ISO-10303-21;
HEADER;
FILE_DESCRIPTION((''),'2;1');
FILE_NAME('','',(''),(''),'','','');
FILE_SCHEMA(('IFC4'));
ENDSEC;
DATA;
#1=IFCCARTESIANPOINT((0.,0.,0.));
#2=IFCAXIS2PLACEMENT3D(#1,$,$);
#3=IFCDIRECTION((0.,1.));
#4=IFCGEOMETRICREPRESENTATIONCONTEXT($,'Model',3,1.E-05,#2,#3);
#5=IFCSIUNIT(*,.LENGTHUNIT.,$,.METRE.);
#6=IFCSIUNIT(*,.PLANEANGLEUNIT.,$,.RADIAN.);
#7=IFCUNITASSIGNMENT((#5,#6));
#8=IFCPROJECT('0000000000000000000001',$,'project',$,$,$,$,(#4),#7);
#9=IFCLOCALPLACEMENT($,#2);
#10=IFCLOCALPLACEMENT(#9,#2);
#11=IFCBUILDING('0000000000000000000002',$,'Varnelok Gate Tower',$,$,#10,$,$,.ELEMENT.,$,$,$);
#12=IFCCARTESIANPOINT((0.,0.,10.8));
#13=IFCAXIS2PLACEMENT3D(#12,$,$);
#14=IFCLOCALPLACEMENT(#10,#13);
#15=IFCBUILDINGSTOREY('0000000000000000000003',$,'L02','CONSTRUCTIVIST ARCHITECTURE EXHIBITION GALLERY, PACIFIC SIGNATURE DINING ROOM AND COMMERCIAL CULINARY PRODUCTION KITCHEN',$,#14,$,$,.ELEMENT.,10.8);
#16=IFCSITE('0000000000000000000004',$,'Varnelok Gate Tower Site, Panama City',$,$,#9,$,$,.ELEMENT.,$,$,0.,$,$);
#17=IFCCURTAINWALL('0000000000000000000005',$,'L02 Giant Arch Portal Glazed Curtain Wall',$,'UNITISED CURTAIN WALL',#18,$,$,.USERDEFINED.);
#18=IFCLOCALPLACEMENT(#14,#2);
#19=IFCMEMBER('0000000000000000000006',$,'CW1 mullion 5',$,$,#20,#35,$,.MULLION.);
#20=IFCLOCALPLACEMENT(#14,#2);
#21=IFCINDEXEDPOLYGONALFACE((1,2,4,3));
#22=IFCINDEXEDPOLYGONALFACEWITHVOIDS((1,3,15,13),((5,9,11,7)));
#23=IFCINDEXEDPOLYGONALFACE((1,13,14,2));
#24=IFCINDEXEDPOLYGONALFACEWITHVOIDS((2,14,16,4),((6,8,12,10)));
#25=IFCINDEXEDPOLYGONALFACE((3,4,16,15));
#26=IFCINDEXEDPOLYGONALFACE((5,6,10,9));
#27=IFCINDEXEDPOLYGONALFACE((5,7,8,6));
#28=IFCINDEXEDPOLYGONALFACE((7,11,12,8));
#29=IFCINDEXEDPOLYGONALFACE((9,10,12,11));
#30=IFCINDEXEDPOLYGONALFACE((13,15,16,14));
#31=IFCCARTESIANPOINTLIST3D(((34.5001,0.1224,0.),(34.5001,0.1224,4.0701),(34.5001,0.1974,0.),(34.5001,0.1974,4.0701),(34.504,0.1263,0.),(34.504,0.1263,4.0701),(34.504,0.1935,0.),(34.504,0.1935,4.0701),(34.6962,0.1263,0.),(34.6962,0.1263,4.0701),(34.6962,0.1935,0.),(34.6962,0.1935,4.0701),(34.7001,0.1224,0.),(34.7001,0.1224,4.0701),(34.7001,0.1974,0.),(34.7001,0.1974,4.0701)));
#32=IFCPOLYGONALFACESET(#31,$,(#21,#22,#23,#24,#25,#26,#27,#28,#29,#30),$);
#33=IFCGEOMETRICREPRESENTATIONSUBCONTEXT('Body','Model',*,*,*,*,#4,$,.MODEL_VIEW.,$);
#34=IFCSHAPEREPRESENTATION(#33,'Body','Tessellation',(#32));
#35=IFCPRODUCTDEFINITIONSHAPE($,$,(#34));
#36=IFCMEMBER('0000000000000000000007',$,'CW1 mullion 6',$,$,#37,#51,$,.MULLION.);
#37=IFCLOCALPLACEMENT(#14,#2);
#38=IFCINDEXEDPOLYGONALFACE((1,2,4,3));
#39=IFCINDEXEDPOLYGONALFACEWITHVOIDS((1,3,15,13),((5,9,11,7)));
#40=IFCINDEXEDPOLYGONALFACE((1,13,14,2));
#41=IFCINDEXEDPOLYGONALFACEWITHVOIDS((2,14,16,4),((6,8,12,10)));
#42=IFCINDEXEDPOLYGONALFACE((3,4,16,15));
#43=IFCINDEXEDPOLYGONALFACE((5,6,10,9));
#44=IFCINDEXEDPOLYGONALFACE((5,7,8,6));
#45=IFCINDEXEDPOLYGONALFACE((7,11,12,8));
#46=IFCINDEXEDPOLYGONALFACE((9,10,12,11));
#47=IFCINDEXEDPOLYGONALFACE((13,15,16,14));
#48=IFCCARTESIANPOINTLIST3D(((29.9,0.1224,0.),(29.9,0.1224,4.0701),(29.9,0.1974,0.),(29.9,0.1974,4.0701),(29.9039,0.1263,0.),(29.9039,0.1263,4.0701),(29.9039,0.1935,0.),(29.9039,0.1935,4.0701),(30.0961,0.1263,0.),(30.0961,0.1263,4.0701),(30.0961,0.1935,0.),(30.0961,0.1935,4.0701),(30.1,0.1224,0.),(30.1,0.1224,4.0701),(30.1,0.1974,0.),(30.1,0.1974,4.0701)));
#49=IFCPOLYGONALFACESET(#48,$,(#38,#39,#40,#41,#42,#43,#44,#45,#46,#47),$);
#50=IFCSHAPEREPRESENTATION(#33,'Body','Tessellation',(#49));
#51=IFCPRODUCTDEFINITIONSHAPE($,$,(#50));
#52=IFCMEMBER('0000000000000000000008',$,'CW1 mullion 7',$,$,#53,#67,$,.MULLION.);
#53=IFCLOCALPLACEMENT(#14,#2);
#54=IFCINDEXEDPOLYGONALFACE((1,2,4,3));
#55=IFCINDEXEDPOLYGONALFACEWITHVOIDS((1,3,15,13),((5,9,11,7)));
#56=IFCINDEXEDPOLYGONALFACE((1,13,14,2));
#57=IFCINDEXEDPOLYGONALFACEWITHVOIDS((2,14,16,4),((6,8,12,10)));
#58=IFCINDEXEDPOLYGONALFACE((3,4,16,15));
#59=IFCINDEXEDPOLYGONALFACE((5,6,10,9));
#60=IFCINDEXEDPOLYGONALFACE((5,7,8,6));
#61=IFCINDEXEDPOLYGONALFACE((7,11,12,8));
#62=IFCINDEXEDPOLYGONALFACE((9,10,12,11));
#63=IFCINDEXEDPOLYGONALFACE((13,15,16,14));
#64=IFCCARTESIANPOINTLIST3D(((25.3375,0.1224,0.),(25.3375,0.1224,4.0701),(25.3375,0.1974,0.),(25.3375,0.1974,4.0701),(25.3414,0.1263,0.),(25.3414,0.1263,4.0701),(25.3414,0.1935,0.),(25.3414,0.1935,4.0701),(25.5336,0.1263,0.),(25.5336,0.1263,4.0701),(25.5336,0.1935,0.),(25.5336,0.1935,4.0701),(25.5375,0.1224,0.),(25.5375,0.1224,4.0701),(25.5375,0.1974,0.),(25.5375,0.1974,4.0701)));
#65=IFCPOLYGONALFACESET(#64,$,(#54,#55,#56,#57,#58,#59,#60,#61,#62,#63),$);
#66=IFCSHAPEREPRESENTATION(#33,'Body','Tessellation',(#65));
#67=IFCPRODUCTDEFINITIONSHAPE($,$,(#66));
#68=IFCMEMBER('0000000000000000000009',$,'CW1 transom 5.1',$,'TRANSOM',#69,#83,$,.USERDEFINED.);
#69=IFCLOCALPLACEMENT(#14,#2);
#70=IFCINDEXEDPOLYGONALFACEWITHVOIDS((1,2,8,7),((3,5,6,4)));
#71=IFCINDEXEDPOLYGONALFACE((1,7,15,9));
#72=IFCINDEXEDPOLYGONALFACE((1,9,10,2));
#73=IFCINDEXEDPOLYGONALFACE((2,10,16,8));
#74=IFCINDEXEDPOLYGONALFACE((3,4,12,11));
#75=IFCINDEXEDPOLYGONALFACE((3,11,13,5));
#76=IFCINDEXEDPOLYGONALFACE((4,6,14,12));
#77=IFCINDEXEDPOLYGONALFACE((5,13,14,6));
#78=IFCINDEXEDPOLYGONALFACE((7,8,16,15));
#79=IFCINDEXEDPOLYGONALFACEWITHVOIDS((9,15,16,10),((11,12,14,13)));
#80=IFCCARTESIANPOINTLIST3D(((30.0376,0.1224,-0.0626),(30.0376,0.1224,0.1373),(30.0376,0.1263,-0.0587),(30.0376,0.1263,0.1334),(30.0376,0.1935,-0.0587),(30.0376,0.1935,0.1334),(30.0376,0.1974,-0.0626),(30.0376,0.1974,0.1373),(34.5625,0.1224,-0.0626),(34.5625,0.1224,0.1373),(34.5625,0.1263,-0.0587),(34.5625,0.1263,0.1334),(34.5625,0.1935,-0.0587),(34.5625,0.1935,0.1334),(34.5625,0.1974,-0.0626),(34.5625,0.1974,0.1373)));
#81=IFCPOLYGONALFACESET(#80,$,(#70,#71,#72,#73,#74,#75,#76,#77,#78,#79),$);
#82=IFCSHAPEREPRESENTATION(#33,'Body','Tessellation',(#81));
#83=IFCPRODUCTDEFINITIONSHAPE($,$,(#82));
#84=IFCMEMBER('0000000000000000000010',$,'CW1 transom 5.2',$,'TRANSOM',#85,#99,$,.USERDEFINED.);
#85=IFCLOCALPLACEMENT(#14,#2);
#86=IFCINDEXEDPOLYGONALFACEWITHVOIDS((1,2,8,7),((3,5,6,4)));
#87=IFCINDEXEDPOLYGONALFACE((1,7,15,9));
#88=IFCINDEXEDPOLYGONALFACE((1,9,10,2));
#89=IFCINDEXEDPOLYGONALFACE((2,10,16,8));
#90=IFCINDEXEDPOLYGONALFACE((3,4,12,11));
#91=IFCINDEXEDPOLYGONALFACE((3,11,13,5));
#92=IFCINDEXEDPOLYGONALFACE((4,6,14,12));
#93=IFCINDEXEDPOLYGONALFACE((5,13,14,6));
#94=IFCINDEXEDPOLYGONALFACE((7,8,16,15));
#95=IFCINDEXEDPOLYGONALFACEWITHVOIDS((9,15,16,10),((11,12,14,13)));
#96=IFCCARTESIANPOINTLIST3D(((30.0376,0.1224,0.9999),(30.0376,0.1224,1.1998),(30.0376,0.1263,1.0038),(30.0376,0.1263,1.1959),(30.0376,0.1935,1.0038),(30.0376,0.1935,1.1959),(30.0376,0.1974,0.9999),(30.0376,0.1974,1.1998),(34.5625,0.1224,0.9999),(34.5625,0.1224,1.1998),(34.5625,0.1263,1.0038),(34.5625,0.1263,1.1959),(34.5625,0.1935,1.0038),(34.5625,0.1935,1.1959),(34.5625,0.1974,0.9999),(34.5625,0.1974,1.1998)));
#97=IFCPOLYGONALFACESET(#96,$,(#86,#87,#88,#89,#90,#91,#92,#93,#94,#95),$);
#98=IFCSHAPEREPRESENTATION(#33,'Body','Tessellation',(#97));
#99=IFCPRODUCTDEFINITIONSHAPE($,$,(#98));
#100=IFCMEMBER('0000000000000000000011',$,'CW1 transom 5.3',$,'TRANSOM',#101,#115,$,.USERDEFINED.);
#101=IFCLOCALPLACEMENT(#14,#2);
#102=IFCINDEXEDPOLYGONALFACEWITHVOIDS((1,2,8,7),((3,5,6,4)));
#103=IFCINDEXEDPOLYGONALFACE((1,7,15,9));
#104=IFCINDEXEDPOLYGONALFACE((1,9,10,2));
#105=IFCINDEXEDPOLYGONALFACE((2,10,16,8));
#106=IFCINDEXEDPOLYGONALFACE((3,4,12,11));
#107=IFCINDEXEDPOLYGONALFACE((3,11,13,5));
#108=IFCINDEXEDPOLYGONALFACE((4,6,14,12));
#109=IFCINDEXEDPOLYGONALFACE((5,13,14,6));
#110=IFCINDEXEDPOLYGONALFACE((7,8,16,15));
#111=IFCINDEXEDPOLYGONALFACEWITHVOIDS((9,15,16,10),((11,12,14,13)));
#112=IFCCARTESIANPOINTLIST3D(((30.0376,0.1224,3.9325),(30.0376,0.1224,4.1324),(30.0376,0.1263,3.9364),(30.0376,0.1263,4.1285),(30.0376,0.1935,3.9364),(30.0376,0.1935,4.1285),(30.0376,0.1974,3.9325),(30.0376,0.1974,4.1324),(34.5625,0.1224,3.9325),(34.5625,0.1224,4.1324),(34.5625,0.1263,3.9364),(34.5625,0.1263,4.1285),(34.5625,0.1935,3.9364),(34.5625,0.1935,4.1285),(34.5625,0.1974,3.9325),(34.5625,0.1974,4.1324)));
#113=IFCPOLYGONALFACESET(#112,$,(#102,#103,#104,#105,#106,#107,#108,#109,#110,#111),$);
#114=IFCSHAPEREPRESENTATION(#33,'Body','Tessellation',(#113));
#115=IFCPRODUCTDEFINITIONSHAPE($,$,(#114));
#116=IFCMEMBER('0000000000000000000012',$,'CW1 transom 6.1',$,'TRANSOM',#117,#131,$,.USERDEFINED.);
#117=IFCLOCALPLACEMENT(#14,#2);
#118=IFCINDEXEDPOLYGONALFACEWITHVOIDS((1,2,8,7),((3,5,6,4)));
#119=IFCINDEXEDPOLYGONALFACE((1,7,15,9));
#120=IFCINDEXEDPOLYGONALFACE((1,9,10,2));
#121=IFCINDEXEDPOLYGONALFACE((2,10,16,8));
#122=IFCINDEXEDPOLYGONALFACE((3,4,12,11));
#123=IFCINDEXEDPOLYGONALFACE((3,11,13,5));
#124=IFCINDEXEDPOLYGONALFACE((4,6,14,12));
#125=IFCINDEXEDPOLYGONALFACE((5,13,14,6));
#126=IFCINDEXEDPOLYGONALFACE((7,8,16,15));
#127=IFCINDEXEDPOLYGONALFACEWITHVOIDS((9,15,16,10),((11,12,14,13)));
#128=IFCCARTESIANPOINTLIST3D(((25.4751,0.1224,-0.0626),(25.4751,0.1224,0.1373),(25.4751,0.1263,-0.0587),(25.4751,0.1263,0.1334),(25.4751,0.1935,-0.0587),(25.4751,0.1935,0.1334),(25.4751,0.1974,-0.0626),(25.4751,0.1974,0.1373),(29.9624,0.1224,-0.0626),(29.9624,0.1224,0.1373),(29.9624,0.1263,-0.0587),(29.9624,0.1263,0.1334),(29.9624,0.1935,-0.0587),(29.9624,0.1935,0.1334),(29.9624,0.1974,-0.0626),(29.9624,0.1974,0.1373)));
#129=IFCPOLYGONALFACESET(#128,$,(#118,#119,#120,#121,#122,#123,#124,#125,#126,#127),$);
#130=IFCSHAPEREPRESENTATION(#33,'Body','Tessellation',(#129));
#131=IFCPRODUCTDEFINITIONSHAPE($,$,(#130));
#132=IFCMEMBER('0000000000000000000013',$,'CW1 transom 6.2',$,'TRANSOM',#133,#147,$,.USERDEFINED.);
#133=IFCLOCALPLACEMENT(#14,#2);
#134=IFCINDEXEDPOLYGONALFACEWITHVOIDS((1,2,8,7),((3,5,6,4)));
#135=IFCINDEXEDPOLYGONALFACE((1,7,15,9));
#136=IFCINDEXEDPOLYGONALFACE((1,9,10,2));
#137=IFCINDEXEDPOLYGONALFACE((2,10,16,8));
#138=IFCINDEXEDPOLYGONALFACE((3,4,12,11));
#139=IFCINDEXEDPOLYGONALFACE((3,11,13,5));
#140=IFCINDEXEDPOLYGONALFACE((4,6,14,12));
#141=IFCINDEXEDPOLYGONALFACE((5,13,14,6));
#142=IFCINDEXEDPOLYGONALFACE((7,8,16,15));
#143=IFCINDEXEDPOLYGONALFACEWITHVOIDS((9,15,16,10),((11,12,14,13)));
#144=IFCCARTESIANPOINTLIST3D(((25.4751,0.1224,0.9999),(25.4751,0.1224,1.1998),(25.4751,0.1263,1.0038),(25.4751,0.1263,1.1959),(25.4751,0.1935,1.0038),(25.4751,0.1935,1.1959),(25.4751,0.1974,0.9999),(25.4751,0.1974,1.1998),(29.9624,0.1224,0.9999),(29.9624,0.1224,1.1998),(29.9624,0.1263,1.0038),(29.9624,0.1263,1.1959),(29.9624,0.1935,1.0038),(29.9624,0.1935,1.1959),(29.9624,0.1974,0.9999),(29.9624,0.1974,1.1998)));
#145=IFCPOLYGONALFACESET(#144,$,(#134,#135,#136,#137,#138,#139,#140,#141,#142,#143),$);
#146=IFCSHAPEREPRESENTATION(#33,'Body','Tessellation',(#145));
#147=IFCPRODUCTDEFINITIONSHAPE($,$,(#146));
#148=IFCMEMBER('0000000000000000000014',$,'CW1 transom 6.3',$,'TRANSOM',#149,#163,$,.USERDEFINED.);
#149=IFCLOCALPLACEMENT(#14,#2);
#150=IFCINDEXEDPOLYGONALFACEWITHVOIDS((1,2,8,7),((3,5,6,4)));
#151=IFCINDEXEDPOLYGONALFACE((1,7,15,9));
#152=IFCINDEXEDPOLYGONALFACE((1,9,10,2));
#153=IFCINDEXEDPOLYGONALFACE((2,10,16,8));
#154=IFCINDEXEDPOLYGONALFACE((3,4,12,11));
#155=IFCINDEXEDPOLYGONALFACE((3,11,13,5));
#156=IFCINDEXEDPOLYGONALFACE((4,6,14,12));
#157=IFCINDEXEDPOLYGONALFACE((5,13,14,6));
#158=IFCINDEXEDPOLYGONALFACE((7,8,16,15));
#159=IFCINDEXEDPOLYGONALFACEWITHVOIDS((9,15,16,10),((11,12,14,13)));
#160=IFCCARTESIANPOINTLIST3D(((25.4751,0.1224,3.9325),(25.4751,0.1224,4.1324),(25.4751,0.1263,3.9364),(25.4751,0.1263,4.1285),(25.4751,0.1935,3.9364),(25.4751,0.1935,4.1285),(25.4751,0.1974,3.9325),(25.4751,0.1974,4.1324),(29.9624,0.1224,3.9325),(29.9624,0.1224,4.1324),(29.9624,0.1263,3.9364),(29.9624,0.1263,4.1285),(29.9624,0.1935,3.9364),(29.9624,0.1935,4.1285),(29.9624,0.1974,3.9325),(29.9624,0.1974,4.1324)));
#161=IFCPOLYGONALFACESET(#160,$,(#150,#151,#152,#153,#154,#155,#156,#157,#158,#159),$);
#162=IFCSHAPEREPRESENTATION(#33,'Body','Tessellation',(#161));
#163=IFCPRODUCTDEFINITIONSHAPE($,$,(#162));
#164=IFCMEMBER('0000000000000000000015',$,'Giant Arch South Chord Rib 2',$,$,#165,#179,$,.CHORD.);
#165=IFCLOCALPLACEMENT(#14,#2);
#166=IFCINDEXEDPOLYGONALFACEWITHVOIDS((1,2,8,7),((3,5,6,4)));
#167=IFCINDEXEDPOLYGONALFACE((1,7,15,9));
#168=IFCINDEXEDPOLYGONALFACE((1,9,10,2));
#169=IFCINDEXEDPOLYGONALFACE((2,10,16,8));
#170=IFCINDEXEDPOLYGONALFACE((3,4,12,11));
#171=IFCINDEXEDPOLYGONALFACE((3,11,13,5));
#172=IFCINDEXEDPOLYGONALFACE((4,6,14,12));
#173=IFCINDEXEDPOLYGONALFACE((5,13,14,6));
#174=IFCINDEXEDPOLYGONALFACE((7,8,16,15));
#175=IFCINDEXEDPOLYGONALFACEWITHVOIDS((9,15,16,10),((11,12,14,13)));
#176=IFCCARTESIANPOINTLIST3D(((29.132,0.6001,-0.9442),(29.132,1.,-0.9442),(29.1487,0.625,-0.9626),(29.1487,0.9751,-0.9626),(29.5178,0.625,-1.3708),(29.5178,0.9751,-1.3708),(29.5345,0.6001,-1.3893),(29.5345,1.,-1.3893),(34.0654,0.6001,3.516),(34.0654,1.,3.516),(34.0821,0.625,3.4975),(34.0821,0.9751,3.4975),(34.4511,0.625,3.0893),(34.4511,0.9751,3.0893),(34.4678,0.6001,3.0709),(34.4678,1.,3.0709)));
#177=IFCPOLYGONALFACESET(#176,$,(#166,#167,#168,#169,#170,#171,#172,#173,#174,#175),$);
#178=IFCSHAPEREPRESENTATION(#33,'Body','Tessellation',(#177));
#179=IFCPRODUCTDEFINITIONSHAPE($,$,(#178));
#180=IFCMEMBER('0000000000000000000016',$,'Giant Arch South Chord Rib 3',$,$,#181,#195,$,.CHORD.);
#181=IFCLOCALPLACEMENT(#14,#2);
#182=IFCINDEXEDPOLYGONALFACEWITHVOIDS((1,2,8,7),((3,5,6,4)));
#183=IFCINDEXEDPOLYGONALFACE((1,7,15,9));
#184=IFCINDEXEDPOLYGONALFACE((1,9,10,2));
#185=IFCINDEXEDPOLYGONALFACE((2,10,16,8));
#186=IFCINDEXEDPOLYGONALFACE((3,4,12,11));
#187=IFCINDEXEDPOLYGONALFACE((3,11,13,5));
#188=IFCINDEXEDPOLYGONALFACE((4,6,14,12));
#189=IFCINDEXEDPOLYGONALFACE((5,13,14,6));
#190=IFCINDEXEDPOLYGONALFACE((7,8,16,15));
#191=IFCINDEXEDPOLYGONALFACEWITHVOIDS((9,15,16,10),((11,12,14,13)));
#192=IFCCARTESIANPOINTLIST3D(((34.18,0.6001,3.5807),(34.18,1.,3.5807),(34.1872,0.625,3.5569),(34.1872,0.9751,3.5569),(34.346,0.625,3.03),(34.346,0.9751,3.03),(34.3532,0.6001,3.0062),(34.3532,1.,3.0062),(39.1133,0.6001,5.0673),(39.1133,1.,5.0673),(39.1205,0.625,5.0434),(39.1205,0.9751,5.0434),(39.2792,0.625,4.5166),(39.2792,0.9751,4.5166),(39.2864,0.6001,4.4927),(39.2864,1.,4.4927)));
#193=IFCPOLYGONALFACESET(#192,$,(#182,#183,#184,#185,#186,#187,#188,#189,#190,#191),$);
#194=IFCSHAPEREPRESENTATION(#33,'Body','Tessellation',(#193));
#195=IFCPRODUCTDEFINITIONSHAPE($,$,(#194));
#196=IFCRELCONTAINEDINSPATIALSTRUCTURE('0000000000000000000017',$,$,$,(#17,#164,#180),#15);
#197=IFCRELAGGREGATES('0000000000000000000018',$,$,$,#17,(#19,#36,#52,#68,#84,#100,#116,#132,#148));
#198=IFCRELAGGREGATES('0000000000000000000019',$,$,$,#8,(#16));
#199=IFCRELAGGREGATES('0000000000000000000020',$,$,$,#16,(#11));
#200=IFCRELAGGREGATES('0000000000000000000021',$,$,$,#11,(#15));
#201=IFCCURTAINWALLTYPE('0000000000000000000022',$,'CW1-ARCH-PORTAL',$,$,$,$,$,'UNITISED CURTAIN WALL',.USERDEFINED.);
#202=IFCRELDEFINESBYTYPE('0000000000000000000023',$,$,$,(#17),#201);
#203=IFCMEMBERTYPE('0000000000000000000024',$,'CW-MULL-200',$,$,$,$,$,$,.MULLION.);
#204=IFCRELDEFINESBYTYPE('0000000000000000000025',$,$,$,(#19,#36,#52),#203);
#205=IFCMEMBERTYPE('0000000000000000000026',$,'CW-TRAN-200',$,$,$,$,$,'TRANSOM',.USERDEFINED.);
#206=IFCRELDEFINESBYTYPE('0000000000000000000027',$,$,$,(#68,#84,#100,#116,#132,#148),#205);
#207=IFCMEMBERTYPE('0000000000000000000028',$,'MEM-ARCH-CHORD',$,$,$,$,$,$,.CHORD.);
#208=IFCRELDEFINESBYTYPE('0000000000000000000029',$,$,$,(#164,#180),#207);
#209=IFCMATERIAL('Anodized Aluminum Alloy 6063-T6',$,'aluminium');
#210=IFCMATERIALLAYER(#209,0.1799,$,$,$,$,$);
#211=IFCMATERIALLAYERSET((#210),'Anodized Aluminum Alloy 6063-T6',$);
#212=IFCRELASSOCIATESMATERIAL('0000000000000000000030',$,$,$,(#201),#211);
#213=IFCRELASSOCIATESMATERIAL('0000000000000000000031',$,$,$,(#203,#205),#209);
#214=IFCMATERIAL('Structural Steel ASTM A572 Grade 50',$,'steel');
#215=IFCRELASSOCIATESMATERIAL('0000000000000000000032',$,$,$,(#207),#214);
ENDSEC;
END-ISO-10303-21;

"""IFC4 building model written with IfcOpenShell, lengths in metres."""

from ifc_helpers import new_model, si_unit, direction, frame, origin, origin_2d, place, context, subcontext, project, spatial, hollow_rectangle, extrude, material, layer, layer_set, material_profile, profile_set, type_object, element, aggregate, save


model = new_model("IFC4")

# Units and contexts
model_context = context("Model", 3, precision=1e-05, world=origin(), true_north=direction((0.0, 1.0)))
body_context = subcontext(model_context, "Body", "Model", "MODEL_VIEW")
ifc_project = project(units=[si_unit("LENGTHUNIT", "METRE"), si_unit("PLANEANGLEUNIT", "RADIAN")], contexts=[model_context])

# Site, building, storey
site_placement = place(None, origin())
site = spatial("IfcSite", under=ifc_project, at=site_placement, Name="Varnelok Gate Tower Site, Panama City", CompositionType="ELEMENT", RefElevation=0.0)
building_placement = place(site_placement, origin())
building = spatial("IfcBuilding", under=site, at=building_placement, Name="Varnelok Gate Tower", CompositionType="ELEMENT")
storey_placement = place(building_placement, frame((0.0, 0.0, 10.8)))
storey = spatial("IfcBuildingStorey", under=building, at=storey_placement, Name="L02", Description="CONSTRUCTIVIST ARCHITECTURE EXHIBITION GALLERY, PACIFIC SIGNATURE DINING ROOM AND COMMERCIAL CULINARY PRODUCTION KITCHEN", CompositionType="ELEMENT", Elevation=10.8)

# Curtain wall, members
ifc_material_1 = material(Name="Anodized Aluminum Alloy 6063-T6", Category="aluminium")
ifc_layer_1 = layer(ifc_material_1, 0.1799)
ifc_layer_set_1 = layer_set([ifc_layer_1], Name="Anodized Aluminum Alloy 6063-T6")
curtain_wall_type = type_object("IfcCurtainWallType", Name="CW1-ARCH-PORTAL", ElementType="UNITISED CURTAIN WALL", PredefinedType="USERDEFINED", material=ifc_layer_set_1)
curtain_wall_placement = place(storey_placement, origin())
curtain_wall = element("IfcCurtainWall", 1, at=curtain_wall_placement, inside=storey, type_object=curtain_wall_type, Name="L02 Giant Arch Portal Glazed Curtain Wall", ObjectType="UNITISED CURTAIN WALL", PredefinedType="USERDEFINED")
ifc_material_profile_1 = material_profile(ifc_material_1, hollow_rectangle(XDim=0.075, YDim=0.2, WallThickness=0.0039, at=origin_2d()), Name="ALU200X75X4")
ifc_profile_set_1 = profile_set([ifc_material_profile_1], Name="Anodized Aluminum Alloy 6063-T6")
member_type_1 = type_object("IfcMemberType", Name="CW-MULL-200", PredefinedType="MULLION", material=ifc_profile_set_1)
member_1_placement = place(storey_placement, frame((34.6001, 0.1599, 0.0), z_axis=(0.0, 0.0, 1.0), x_axis=(0.0, -1.0, 0.0)))
member_1 = element("IfcMember", 2, at=member_1_placement, type_object=member_type_1, Name="CW1 mullion 5", PredefinedType="MULLION", context=body_context, shape_type="SweptSolid", body=[
    extrude(hollow_rectangle(XDim=0.075, YDim=0.2, WallThickness=0.0039, at=origin_2d()), origin(), (0.0, 0.0, 1.0), 4.0701),
])
member_2_placement = place(storey_placement, frame((30.0, 0.1599, 0.0), z_axis=(0.0, 0.0, 1.0), x_axis=(0.0, -1.0, 0.0)))
member_2 = element("IfcMember", 3, at=member_2_placement, type_object=member_type_1, Name="CW1 mullion 6", PredefinedType="MULLION", context=body_context, shape_type="SweptSolid", body=[
    extrude(hollow_rectangle(XDim=0.075, YDim=0.2, WallThickness=0.0039, at=origin_2d()), origin(), (0.0, 0.0, 1.0), 4.0701),
])
member_3_placement = place(storey_placement, frame((25.4375, 0.1599, 0.0), z_axis=(0.0, 0.0, 1.0), x_axis=(0.0, -1.0, 0.0)))
member_3 = element("IfcMember", 4, at=member_3_placement, type_object=member_type_1, Name="CW1 mullion 7", PredefinedType="MULLION", context=body_context, shape_type="SweptSolid", body=[
    extrude(hollow_rectangle(XDim=0.075, YDim=0.2, WallThickness=0.0039, at=origin_2d()), origin(), (0.0, 0.0, 1.0), 4.0701),
])
ifc_material_profile_2 = material_profile(ifc_material_1, hollow_rectangle(XDim=0.075, YDim=0.2, WallThickness=0.0039, at=origin_2d()), Name="ALU200X75X4")
ifc_profile_set_2 = profile_set([ifc_material_profile_2], Name="Anodized Aluminum Alloy 6063-T6")
member_type_2 = type_object("IfcMemberType", Name="CW-TRAN-200", ElementType="TRANSOM", PredefinedType="USERDEFINED", material=ifc_profile_set_2)
member_4_placement = place(storey_placement, frame((34.5625, 0.1599, 0.0374), z_axis=(-1.0, 0.0, 0.0), x_axis=(0.0, -1.0, 0.0)))
member_4 = element("IfcMember", 5, at=member_4_placement, type_object=member_type_2, Name="CW1 transom 5.1", ObjectType="TRANSOM", PredefinedType="USERDEFINED", context=body_context, shape_type="SweptSolid", body=[
    extrude(hollow_rectangle(XDim=0.075, YDim=0.2, WallThickness=0.0039, at=origin_2d()), origin(), (0.0, 0.0, 1.0), 4.5249),
])
member_5_placement = place(storey_placement, frame((34.5625, 0.1599, 1.0999), z_axis=(-1.0, 0.0, 0.0), x_axis=(0.0, -1.0, 0.0)))
member_5 = element("IfcMember", 6, at=member_5_placement, type_object=member_type_2, Name="CW1 transom 5.2", ObjectType="TRANSOM", PredefinedType="USERDEFINED", context=body_context, shape_type="SweptSolid", body=[
    extrude(hollow_rectangle(XDim=0.075, YDim=0.2, WallThickness=0.0039, at=origin_2d()), origin(), (0.0, 0.0, 1.0), 4.5249),
])
member_6_placement = place(storey_placement, frame((34.5625, 0.1599, 4.0325), z_axis=(-1.0, 0.0, 0.0), x_axis=(0.0, -1.0, 0.0)))
member_6 = element("IfcMember", 7, at=member_6_placement, type_object=member_type_2, Name="CW1 transom 5.3", ObjectType="TRANSOM", PredefinedType="USERDEFINED", context=body_context, shape_type="SweptSolid", body=[
    extrude(hollow_rectangle(XDim=0.075, YDim=0.2, WallThickness=0.0039, at=origin_2d()), origin(), (0.0, 0.0, 1.0), 4.5249),
])
member_7_placement = place(storey_placement, frame((29.9624, 0.1599, 0.0374), z_axis=(-1.0, 0.0, 0.0), x_axis=(0.0, -1.0, 0.0)))
member_7 = element("IfcMember", 8, at=member_7_placement, type_object=member_type_2, Name="CW1 transom 6.1", ObjectType="TRANSOM", PredefinedType="USERDEFINED", context=body_context, shape_type="SweptSolid", body=[
    extrude(hollow_rectangle(XDim=0.075, YDim=0.2, WallThickness=0.0039, at=origin_2d()), origin(), (0.0, 0.0, 1.0), 4.4873),
])
member_8_placement = place(storey_placement, frame((29.9624, 0.1599, 1.0999), z_axis=(-1.0, 0.0, 0.0), x_axis=(0.0, -1.0, 0.0)))
member_8 = element("IfcMember", 9, at=member_8_placement, type_object=member_type_2, Name="CW1 transom 6.2", ObjectType="TRANSOM", PredefinedType="USERDEFINED", context=body_context, shape_type="SweptSolid", body=[
    extrude(hollow_rectangle(XDim=0.075, YDim=0.2, WallThickness=0.0039, at=origin_2d()), origin(), (0.0, 0.0, 1.0), 4.4873),
])
member_9_placement = place(storey_placement, frame((29.9624, 0.1599, 4.0325), z_axis=(-1.0, 0.0, 0.0), x_axis=(0.0, -1.0, 0.0)))
member_9 = element("IfcMember", 10, at=member_9_placement, type_object=member_type_2, Name="CW1 transom 6.3", ObjectType="TRANSOM", PredefinedType="USERDEFINED", context=body_context, shape_type="SweptSolid", body=[
    extrude(hollow_rectangle(XDim=0.075, YDim=0.2, WallThickness=0.0039, at=origin_2d()), origin(), (0.0, 0.0, 1.0), 4.4873),
])

# Members
ifc_material_2 = material(Name="Structural Steel ASTM A572 Grade 50", Category="steel")
ifc_material_profile_3 = material_profile(ifc_material_2, hollow_rectangle(XDim=0.3999, YDim=0.6001, WallThickness=0.0249, at=origin_2d()), Name="HSS600X400X25")
ifc_profile_set_3 = profile_set([ifc_material_profile_3], Name="Structural Steel ASTM A572 Grade 50")
member_type_3 = type_object("IfcMemberType", Name="MEM-ARCH-CHORD", PredefinedType="CHORD", material=ifc_profile_set_3)
member_10_placement = place(storey_placement, frame((29.3333, 0.8, -1.1667), z_axis=(0.741783, 0.0, 0.67064), x_axis=(0.0, 1.0, 0.0)))
element("IfcMember", 11, at=member_10_placement, inside=storey, type_object=member_type_3, Name="Giant Arch South Chord Rib 2", PredefinedType="CHORD", context=body_context, shape_type="SweptSolid", body=[
    extrude(hollow_rectangle(XDim=0.3999, YDim=0.6001, WallThickness=0.0249, at=origin_2d()), origin(), (0.0, 0.0, 1.0), 6.6506),
])
member_11_placement = place(storey_placement, frame((34.2666, 0.8, 3.2935), z_axis=(0.957475, 0.0, 0.288517), x_axis=(0.0, 1.0, 0.0)))
element("IfcMember", 12, at=member_11_placement, inside=storey, type_object=member_type_3, Name="Giant Arch South Chord Rib 3", PredefinedType="CHORD", context=body_context, shape_type="SweptSolid", body=[
    extrude(hollow_rectangle(XDim=0.3999, YDim=0.6001, WallThickness=0.0249, at=origin_2d()), origin(), (0.0, 0.0, 1.0), 5.1523),
])

aggregate(curtain_wall, [member_1, member_2, member_3, member_4, member_5, member_6, member_7, member_8, member_9])

save(model, "model.ifc")
